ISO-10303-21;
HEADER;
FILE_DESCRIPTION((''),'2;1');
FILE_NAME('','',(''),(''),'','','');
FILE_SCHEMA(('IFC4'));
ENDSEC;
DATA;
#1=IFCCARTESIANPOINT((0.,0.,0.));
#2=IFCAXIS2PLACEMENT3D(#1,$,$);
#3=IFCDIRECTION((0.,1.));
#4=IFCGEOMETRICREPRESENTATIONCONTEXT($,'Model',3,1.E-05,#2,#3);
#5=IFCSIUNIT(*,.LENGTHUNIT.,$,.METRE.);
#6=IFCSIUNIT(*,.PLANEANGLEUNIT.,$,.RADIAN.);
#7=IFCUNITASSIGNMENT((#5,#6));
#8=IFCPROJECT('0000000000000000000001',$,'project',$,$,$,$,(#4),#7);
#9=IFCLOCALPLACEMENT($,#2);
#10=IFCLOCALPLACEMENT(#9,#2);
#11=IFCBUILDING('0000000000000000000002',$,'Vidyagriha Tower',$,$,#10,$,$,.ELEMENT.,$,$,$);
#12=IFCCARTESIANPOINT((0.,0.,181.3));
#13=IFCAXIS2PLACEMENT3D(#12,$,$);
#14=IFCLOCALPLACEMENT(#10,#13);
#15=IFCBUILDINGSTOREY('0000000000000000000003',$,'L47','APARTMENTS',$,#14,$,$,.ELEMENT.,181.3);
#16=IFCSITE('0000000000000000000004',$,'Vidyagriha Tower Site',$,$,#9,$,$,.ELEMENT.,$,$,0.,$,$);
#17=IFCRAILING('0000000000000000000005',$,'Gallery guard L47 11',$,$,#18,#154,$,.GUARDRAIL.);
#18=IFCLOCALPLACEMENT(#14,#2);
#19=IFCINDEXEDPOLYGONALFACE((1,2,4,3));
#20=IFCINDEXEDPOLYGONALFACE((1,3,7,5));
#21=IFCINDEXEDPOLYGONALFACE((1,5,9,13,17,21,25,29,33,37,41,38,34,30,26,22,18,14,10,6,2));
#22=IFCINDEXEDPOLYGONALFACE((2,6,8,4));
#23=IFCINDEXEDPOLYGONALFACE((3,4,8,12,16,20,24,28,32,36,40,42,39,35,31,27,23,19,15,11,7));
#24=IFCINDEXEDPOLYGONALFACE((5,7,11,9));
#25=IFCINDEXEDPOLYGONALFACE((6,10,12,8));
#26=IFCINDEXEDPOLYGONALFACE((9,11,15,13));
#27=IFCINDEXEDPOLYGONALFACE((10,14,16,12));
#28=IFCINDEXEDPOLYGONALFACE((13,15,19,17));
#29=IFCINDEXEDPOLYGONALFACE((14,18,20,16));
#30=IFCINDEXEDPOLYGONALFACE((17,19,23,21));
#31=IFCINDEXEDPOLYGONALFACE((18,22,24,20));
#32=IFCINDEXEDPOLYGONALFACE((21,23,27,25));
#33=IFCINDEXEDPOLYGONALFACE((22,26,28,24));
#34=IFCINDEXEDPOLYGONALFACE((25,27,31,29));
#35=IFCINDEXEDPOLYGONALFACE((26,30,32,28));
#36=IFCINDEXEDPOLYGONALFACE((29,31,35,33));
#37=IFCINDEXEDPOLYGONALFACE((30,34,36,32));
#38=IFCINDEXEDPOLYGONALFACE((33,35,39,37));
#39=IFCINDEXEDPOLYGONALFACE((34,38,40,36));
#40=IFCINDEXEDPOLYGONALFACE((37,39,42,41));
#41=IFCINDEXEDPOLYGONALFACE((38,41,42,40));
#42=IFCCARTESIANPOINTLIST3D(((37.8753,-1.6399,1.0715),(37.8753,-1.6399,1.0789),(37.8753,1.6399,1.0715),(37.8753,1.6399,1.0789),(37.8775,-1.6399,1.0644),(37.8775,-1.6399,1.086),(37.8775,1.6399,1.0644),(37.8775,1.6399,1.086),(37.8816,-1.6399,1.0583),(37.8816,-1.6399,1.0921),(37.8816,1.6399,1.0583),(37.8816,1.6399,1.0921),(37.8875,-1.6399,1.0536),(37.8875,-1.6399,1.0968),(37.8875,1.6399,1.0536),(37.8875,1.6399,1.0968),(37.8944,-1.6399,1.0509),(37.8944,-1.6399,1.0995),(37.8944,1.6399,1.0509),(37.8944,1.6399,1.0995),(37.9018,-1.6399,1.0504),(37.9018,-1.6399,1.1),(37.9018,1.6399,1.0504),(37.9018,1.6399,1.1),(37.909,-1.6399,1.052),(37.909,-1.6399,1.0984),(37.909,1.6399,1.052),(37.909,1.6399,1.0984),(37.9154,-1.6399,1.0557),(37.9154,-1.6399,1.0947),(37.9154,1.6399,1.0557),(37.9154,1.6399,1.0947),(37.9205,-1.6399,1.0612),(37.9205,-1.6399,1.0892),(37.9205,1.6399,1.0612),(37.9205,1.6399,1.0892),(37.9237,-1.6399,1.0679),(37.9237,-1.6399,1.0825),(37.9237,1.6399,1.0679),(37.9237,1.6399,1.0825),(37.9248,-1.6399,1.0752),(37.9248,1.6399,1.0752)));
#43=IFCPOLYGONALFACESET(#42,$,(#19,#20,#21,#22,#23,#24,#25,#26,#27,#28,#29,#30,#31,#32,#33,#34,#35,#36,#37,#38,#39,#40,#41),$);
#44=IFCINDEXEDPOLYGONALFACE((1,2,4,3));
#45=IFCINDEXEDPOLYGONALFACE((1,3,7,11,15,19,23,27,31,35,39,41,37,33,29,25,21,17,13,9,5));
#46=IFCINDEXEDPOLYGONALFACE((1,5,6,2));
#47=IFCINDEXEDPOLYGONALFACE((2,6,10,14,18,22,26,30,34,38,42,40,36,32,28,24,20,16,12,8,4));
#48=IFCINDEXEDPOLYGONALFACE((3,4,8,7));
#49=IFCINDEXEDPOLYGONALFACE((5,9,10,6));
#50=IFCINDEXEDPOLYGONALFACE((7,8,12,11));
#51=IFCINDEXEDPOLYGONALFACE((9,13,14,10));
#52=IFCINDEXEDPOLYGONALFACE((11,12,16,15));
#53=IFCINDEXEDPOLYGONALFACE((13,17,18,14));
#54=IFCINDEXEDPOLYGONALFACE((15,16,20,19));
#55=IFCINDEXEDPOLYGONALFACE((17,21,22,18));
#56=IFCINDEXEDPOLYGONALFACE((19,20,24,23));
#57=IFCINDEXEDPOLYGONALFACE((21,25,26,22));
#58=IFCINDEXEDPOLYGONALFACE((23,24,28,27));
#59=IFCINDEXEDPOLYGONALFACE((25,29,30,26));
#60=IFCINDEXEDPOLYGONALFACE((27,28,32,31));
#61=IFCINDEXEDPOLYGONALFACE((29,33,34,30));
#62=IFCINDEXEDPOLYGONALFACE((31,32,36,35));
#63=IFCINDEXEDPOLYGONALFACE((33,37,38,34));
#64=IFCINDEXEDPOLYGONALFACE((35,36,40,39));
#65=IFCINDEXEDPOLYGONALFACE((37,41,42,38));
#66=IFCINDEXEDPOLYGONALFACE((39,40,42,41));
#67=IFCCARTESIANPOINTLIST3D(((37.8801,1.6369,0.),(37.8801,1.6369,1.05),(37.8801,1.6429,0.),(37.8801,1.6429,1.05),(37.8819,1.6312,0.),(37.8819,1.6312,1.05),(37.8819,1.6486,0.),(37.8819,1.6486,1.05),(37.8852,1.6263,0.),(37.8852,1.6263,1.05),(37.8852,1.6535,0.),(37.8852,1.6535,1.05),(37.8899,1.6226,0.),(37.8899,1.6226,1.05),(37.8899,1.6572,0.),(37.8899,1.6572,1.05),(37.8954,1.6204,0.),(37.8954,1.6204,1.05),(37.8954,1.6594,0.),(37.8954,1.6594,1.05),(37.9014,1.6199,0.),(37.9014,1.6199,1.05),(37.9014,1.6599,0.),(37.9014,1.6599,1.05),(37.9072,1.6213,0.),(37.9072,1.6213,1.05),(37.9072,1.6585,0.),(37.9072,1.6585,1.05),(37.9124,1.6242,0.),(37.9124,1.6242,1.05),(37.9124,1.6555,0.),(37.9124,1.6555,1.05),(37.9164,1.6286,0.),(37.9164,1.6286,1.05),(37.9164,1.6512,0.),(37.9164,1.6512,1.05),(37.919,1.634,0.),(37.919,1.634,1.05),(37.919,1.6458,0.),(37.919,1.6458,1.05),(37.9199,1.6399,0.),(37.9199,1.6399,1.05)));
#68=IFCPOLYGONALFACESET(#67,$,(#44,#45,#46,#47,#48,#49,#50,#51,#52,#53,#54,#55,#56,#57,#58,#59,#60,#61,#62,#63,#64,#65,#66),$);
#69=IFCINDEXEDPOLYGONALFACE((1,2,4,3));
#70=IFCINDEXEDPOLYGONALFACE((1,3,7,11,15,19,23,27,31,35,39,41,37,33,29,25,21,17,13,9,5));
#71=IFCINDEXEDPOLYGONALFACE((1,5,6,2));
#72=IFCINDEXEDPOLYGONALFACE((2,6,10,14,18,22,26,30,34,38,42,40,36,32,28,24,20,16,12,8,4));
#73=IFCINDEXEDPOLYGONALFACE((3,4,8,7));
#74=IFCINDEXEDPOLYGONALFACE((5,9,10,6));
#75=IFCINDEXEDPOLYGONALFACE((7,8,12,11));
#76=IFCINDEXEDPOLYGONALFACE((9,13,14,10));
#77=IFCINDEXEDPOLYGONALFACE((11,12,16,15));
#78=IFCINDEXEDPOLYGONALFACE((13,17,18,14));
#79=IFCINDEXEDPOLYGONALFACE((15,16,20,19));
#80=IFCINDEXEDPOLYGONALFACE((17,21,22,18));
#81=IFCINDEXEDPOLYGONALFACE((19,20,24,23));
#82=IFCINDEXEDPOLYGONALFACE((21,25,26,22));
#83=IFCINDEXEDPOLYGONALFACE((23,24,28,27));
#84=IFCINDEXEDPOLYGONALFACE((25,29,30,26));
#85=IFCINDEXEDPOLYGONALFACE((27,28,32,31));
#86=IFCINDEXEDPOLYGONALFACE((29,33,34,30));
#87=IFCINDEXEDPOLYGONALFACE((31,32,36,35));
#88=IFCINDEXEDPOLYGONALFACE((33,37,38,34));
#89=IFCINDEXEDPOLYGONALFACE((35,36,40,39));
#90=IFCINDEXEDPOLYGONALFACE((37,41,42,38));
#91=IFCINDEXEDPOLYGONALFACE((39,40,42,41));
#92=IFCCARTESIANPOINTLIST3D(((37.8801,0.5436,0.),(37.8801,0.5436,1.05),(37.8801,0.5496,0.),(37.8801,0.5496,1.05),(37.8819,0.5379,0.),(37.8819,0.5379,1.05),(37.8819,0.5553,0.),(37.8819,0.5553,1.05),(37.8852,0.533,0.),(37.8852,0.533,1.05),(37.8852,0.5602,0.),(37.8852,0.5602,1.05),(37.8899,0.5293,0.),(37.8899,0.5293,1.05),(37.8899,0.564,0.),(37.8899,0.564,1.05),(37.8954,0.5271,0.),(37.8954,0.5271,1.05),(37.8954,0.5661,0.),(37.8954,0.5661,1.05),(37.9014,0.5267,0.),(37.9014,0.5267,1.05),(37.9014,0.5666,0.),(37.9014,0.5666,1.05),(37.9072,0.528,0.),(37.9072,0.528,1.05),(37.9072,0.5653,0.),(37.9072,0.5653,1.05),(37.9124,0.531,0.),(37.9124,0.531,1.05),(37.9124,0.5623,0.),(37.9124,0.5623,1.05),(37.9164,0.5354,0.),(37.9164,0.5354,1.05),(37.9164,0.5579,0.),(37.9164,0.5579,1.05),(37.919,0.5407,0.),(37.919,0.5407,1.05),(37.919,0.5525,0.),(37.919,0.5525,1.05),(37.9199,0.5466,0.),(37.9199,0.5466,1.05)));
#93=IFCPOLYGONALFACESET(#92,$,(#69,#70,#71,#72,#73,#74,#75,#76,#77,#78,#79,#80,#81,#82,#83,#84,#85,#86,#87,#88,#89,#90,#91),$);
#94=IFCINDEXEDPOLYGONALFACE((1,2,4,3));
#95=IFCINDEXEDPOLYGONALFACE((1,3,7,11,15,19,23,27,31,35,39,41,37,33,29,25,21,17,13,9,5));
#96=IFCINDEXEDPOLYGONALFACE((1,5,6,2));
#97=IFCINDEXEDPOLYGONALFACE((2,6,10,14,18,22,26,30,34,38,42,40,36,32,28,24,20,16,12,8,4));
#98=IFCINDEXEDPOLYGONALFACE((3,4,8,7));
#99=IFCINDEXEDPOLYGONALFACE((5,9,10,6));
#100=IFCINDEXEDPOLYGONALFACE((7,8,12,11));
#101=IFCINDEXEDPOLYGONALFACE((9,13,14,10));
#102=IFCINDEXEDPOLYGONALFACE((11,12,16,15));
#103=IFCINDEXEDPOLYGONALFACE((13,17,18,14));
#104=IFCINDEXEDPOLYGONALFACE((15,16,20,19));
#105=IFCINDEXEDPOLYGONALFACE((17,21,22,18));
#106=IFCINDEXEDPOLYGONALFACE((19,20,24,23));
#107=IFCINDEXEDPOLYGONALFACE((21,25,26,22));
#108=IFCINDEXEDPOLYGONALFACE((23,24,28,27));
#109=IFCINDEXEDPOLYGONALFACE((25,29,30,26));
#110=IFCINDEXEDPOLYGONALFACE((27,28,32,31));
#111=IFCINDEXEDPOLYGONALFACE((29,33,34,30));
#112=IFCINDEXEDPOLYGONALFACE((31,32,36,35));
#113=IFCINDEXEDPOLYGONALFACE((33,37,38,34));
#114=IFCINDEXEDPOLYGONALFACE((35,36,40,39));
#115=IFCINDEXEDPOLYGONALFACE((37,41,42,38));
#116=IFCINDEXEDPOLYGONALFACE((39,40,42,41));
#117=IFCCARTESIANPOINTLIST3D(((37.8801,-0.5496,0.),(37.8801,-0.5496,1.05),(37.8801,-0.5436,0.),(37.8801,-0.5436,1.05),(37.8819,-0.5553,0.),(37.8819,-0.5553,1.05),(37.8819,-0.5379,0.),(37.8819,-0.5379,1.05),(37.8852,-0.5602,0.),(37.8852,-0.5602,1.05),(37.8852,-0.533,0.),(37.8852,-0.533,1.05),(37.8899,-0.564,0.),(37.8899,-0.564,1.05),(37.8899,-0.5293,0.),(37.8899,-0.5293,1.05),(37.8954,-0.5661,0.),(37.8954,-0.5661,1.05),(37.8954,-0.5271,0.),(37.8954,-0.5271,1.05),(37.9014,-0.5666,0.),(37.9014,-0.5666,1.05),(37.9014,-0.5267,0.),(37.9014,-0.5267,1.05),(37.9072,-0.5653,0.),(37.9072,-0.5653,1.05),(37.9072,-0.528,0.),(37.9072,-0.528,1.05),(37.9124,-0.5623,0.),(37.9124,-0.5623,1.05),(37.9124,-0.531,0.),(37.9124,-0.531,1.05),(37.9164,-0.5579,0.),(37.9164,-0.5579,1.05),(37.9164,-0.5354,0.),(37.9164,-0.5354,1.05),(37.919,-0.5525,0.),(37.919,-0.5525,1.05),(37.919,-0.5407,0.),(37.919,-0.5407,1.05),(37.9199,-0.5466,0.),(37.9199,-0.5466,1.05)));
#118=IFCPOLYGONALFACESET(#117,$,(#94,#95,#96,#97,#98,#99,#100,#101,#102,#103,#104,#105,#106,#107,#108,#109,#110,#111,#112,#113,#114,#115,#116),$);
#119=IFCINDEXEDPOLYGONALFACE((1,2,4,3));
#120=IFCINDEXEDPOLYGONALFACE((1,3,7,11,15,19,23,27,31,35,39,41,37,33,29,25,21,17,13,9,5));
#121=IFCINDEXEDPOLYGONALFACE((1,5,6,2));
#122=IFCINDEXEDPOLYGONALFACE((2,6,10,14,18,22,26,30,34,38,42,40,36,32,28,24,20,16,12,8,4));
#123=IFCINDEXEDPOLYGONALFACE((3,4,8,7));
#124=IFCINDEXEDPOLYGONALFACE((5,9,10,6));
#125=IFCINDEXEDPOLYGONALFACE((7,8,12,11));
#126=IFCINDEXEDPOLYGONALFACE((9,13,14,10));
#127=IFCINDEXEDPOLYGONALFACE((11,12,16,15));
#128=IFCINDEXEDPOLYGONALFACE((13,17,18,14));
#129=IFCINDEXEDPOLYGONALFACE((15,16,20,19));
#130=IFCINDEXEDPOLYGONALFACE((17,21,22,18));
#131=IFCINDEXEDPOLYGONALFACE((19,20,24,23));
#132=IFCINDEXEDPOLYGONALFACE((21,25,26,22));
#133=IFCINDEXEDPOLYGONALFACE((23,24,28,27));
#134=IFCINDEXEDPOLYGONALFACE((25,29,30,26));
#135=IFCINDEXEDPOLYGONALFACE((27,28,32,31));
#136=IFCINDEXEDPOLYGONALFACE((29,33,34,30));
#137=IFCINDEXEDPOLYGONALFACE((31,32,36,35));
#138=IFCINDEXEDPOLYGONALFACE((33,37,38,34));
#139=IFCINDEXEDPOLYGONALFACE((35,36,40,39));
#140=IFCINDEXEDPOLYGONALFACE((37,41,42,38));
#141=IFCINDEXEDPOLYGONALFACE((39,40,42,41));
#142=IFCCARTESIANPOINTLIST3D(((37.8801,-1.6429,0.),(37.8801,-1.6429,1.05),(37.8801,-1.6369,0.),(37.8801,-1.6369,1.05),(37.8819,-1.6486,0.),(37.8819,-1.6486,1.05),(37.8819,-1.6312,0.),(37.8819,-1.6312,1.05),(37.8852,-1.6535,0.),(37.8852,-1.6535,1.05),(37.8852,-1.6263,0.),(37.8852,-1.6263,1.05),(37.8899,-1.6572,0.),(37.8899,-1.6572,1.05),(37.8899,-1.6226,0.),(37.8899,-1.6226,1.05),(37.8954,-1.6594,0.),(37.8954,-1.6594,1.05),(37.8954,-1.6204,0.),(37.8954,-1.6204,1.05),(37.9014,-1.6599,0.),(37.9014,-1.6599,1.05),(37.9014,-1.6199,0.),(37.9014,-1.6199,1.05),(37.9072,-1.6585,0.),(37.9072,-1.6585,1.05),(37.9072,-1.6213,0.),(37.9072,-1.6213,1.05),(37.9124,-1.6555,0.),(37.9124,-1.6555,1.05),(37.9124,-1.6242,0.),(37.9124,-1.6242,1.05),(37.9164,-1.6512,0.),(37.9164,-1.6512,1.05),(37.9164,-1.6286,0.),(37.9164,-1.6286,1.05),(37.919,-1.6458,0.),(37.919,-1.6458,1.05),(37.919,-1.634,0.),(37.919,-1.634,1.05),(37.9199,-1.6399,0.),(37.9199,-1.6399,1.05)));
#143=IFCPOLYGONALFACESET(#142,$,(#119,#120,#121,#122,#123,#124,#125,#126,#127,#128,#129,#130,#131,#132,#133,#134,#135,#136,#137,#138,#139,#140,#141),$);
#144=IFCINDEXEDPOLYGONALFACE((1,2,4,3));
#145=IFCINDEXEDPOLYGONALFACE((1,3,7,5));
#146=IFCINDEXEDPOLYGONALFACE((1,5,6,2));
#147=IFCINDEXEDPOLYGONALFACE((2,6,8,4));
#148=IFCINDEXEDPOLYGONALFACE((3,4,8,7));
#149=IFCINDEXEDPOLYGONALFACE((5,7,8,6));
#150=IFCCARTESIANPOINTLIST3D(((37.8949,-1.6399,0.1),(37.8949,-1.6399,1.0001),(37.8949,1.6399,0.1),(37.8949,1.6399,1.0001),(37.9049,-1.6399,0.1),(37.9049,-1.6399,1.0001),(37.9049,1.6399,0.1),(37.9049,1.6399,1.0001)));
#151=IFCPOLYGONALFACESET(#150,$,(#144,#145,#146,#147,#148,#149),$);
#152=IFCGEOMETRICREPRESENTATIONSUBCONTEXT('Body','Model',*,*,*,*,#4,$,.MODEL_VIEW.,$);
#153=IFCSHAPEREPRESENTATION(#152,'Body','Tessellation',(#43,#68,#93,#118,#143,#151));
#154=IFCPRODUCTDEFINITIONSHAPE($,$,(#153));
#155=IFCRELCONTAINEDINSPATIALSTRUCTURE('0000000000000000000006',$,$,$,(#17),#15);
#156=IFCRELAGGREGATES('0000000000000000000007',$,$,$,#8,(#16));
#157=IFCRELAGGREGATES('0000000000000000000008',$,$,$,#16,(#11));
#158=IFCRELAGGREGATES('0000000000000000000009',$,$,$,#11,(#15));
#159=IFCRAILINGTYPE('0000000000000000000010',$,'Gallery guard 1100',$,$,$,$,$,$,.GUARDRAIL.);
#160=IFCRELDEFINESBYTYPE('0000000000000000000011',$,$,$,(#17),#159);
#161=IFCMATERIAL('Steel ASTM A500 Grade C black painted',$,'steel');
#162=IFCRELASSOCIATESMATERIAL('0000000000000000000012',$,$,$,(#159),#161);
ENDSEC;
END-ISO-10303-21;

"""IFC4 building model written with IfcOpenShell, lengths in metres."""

from ifc_helpers import new_model, si_unit, direction, frame, origin, origin_2d, place, context, subcontext, project, spatial, rectangle, circle, extrude, material, type_object, element, save


model = new_model("IFC4")

# Units and contexts
model_context = context("Model", 3, precision=1e-05, world=origin(), true_north=direction((0.0, 1.0)))
body_context = subcontext(model_context, "Body", "Model", "MODEL_VIEW")
ifc_project = project(units=[si_unit("LENGTHUNIT", "METRE"), si_unit("PLANEANGLEUNIT", "RADIAN")], contexts=[model_context])

# Site, building, storey
site_placement = place(None, origin())
site = spatial("IfcSite", under=ifc_project, at=site_placement, Name="Vidyagriha Tower Site", CompositionType="ELEMENT", RefElevation=0.0)
building_placement = place(site_placement, origin())
building = spatial("IfcBuilding", under=site, at=building_placement, Name="Vidyagriha Tower", CompositionType="ELEMENT")
storey_placement = place(building_placement, frame((0.0, 0.0, 181.3)))
storey = spatial("IfcBuildingStorey", under=building, at=storey_placement, Name="L47", Description="APARTMENTS", CompositionType="ELEMENT", Elevation=181.3)

# Railing
ifc_material_1 = material(Name="Steel ASTM A500 Grade C black painted", Category="steel")
railing_type_1 = type_object("IfcRailingType", Name="Gallery guard 1100", PredefinedType="GUARDRAIL", material=ifc_material_1)
railing_1_placement = place(storey_placement, frame((37.8999, 1.6399, 0.0)))
element("IfcRailing", 1, at=railing_1_placement, inside=storey, type_object=railing_type_1, Name="Gallery guard L47 11", PredefinedType="GUARDRAIL", context=body_context, shape_type="SweptSolid", body=[
    extrude(circle(Radius=0.0249, at=origin_2d()), frame((0.0, 0.0, 1.0752), z_axis=(0.0, -1.0, 0.0), x_axis=(1.0, 0.0, 0.0)), (0.0, 0.0, 1.0), 3.2798),
    extrude(circle(Radius=0.02, at=origin_2d()), origin(), (0.0, 0.0, 1.0), 1.05),
    extrude(circle(Radius=0.02, at=origin_2d()), frame((0.0, -1.0933, 0.0)), (0.0, 0.0, 1.0), 1.05),
    extrude(circle(Radius=0.02, at=origin_2d()), frame((0.0, -2.1865, 0.0)), (0.0, 0.0, 1.0), 1.05),
    extrude(circle(Radius=0.02, at=origin_2d()), frame((0.0, -3.2798, 0.0)), (0.0, 0.0, 1.0), 1.05),
    extrude(rectangle(XDim=0.01, YDim=0.9001, at=origin_2d()), frame((0.0, 0.0, 0.55), z_axis=(0.0, -1.0, 0.0), x_axis=(1.0, 0.0, 0.0)), (0.0, 0.0, 1.0), 3.2798),
])

save(model, "model.ifc")
